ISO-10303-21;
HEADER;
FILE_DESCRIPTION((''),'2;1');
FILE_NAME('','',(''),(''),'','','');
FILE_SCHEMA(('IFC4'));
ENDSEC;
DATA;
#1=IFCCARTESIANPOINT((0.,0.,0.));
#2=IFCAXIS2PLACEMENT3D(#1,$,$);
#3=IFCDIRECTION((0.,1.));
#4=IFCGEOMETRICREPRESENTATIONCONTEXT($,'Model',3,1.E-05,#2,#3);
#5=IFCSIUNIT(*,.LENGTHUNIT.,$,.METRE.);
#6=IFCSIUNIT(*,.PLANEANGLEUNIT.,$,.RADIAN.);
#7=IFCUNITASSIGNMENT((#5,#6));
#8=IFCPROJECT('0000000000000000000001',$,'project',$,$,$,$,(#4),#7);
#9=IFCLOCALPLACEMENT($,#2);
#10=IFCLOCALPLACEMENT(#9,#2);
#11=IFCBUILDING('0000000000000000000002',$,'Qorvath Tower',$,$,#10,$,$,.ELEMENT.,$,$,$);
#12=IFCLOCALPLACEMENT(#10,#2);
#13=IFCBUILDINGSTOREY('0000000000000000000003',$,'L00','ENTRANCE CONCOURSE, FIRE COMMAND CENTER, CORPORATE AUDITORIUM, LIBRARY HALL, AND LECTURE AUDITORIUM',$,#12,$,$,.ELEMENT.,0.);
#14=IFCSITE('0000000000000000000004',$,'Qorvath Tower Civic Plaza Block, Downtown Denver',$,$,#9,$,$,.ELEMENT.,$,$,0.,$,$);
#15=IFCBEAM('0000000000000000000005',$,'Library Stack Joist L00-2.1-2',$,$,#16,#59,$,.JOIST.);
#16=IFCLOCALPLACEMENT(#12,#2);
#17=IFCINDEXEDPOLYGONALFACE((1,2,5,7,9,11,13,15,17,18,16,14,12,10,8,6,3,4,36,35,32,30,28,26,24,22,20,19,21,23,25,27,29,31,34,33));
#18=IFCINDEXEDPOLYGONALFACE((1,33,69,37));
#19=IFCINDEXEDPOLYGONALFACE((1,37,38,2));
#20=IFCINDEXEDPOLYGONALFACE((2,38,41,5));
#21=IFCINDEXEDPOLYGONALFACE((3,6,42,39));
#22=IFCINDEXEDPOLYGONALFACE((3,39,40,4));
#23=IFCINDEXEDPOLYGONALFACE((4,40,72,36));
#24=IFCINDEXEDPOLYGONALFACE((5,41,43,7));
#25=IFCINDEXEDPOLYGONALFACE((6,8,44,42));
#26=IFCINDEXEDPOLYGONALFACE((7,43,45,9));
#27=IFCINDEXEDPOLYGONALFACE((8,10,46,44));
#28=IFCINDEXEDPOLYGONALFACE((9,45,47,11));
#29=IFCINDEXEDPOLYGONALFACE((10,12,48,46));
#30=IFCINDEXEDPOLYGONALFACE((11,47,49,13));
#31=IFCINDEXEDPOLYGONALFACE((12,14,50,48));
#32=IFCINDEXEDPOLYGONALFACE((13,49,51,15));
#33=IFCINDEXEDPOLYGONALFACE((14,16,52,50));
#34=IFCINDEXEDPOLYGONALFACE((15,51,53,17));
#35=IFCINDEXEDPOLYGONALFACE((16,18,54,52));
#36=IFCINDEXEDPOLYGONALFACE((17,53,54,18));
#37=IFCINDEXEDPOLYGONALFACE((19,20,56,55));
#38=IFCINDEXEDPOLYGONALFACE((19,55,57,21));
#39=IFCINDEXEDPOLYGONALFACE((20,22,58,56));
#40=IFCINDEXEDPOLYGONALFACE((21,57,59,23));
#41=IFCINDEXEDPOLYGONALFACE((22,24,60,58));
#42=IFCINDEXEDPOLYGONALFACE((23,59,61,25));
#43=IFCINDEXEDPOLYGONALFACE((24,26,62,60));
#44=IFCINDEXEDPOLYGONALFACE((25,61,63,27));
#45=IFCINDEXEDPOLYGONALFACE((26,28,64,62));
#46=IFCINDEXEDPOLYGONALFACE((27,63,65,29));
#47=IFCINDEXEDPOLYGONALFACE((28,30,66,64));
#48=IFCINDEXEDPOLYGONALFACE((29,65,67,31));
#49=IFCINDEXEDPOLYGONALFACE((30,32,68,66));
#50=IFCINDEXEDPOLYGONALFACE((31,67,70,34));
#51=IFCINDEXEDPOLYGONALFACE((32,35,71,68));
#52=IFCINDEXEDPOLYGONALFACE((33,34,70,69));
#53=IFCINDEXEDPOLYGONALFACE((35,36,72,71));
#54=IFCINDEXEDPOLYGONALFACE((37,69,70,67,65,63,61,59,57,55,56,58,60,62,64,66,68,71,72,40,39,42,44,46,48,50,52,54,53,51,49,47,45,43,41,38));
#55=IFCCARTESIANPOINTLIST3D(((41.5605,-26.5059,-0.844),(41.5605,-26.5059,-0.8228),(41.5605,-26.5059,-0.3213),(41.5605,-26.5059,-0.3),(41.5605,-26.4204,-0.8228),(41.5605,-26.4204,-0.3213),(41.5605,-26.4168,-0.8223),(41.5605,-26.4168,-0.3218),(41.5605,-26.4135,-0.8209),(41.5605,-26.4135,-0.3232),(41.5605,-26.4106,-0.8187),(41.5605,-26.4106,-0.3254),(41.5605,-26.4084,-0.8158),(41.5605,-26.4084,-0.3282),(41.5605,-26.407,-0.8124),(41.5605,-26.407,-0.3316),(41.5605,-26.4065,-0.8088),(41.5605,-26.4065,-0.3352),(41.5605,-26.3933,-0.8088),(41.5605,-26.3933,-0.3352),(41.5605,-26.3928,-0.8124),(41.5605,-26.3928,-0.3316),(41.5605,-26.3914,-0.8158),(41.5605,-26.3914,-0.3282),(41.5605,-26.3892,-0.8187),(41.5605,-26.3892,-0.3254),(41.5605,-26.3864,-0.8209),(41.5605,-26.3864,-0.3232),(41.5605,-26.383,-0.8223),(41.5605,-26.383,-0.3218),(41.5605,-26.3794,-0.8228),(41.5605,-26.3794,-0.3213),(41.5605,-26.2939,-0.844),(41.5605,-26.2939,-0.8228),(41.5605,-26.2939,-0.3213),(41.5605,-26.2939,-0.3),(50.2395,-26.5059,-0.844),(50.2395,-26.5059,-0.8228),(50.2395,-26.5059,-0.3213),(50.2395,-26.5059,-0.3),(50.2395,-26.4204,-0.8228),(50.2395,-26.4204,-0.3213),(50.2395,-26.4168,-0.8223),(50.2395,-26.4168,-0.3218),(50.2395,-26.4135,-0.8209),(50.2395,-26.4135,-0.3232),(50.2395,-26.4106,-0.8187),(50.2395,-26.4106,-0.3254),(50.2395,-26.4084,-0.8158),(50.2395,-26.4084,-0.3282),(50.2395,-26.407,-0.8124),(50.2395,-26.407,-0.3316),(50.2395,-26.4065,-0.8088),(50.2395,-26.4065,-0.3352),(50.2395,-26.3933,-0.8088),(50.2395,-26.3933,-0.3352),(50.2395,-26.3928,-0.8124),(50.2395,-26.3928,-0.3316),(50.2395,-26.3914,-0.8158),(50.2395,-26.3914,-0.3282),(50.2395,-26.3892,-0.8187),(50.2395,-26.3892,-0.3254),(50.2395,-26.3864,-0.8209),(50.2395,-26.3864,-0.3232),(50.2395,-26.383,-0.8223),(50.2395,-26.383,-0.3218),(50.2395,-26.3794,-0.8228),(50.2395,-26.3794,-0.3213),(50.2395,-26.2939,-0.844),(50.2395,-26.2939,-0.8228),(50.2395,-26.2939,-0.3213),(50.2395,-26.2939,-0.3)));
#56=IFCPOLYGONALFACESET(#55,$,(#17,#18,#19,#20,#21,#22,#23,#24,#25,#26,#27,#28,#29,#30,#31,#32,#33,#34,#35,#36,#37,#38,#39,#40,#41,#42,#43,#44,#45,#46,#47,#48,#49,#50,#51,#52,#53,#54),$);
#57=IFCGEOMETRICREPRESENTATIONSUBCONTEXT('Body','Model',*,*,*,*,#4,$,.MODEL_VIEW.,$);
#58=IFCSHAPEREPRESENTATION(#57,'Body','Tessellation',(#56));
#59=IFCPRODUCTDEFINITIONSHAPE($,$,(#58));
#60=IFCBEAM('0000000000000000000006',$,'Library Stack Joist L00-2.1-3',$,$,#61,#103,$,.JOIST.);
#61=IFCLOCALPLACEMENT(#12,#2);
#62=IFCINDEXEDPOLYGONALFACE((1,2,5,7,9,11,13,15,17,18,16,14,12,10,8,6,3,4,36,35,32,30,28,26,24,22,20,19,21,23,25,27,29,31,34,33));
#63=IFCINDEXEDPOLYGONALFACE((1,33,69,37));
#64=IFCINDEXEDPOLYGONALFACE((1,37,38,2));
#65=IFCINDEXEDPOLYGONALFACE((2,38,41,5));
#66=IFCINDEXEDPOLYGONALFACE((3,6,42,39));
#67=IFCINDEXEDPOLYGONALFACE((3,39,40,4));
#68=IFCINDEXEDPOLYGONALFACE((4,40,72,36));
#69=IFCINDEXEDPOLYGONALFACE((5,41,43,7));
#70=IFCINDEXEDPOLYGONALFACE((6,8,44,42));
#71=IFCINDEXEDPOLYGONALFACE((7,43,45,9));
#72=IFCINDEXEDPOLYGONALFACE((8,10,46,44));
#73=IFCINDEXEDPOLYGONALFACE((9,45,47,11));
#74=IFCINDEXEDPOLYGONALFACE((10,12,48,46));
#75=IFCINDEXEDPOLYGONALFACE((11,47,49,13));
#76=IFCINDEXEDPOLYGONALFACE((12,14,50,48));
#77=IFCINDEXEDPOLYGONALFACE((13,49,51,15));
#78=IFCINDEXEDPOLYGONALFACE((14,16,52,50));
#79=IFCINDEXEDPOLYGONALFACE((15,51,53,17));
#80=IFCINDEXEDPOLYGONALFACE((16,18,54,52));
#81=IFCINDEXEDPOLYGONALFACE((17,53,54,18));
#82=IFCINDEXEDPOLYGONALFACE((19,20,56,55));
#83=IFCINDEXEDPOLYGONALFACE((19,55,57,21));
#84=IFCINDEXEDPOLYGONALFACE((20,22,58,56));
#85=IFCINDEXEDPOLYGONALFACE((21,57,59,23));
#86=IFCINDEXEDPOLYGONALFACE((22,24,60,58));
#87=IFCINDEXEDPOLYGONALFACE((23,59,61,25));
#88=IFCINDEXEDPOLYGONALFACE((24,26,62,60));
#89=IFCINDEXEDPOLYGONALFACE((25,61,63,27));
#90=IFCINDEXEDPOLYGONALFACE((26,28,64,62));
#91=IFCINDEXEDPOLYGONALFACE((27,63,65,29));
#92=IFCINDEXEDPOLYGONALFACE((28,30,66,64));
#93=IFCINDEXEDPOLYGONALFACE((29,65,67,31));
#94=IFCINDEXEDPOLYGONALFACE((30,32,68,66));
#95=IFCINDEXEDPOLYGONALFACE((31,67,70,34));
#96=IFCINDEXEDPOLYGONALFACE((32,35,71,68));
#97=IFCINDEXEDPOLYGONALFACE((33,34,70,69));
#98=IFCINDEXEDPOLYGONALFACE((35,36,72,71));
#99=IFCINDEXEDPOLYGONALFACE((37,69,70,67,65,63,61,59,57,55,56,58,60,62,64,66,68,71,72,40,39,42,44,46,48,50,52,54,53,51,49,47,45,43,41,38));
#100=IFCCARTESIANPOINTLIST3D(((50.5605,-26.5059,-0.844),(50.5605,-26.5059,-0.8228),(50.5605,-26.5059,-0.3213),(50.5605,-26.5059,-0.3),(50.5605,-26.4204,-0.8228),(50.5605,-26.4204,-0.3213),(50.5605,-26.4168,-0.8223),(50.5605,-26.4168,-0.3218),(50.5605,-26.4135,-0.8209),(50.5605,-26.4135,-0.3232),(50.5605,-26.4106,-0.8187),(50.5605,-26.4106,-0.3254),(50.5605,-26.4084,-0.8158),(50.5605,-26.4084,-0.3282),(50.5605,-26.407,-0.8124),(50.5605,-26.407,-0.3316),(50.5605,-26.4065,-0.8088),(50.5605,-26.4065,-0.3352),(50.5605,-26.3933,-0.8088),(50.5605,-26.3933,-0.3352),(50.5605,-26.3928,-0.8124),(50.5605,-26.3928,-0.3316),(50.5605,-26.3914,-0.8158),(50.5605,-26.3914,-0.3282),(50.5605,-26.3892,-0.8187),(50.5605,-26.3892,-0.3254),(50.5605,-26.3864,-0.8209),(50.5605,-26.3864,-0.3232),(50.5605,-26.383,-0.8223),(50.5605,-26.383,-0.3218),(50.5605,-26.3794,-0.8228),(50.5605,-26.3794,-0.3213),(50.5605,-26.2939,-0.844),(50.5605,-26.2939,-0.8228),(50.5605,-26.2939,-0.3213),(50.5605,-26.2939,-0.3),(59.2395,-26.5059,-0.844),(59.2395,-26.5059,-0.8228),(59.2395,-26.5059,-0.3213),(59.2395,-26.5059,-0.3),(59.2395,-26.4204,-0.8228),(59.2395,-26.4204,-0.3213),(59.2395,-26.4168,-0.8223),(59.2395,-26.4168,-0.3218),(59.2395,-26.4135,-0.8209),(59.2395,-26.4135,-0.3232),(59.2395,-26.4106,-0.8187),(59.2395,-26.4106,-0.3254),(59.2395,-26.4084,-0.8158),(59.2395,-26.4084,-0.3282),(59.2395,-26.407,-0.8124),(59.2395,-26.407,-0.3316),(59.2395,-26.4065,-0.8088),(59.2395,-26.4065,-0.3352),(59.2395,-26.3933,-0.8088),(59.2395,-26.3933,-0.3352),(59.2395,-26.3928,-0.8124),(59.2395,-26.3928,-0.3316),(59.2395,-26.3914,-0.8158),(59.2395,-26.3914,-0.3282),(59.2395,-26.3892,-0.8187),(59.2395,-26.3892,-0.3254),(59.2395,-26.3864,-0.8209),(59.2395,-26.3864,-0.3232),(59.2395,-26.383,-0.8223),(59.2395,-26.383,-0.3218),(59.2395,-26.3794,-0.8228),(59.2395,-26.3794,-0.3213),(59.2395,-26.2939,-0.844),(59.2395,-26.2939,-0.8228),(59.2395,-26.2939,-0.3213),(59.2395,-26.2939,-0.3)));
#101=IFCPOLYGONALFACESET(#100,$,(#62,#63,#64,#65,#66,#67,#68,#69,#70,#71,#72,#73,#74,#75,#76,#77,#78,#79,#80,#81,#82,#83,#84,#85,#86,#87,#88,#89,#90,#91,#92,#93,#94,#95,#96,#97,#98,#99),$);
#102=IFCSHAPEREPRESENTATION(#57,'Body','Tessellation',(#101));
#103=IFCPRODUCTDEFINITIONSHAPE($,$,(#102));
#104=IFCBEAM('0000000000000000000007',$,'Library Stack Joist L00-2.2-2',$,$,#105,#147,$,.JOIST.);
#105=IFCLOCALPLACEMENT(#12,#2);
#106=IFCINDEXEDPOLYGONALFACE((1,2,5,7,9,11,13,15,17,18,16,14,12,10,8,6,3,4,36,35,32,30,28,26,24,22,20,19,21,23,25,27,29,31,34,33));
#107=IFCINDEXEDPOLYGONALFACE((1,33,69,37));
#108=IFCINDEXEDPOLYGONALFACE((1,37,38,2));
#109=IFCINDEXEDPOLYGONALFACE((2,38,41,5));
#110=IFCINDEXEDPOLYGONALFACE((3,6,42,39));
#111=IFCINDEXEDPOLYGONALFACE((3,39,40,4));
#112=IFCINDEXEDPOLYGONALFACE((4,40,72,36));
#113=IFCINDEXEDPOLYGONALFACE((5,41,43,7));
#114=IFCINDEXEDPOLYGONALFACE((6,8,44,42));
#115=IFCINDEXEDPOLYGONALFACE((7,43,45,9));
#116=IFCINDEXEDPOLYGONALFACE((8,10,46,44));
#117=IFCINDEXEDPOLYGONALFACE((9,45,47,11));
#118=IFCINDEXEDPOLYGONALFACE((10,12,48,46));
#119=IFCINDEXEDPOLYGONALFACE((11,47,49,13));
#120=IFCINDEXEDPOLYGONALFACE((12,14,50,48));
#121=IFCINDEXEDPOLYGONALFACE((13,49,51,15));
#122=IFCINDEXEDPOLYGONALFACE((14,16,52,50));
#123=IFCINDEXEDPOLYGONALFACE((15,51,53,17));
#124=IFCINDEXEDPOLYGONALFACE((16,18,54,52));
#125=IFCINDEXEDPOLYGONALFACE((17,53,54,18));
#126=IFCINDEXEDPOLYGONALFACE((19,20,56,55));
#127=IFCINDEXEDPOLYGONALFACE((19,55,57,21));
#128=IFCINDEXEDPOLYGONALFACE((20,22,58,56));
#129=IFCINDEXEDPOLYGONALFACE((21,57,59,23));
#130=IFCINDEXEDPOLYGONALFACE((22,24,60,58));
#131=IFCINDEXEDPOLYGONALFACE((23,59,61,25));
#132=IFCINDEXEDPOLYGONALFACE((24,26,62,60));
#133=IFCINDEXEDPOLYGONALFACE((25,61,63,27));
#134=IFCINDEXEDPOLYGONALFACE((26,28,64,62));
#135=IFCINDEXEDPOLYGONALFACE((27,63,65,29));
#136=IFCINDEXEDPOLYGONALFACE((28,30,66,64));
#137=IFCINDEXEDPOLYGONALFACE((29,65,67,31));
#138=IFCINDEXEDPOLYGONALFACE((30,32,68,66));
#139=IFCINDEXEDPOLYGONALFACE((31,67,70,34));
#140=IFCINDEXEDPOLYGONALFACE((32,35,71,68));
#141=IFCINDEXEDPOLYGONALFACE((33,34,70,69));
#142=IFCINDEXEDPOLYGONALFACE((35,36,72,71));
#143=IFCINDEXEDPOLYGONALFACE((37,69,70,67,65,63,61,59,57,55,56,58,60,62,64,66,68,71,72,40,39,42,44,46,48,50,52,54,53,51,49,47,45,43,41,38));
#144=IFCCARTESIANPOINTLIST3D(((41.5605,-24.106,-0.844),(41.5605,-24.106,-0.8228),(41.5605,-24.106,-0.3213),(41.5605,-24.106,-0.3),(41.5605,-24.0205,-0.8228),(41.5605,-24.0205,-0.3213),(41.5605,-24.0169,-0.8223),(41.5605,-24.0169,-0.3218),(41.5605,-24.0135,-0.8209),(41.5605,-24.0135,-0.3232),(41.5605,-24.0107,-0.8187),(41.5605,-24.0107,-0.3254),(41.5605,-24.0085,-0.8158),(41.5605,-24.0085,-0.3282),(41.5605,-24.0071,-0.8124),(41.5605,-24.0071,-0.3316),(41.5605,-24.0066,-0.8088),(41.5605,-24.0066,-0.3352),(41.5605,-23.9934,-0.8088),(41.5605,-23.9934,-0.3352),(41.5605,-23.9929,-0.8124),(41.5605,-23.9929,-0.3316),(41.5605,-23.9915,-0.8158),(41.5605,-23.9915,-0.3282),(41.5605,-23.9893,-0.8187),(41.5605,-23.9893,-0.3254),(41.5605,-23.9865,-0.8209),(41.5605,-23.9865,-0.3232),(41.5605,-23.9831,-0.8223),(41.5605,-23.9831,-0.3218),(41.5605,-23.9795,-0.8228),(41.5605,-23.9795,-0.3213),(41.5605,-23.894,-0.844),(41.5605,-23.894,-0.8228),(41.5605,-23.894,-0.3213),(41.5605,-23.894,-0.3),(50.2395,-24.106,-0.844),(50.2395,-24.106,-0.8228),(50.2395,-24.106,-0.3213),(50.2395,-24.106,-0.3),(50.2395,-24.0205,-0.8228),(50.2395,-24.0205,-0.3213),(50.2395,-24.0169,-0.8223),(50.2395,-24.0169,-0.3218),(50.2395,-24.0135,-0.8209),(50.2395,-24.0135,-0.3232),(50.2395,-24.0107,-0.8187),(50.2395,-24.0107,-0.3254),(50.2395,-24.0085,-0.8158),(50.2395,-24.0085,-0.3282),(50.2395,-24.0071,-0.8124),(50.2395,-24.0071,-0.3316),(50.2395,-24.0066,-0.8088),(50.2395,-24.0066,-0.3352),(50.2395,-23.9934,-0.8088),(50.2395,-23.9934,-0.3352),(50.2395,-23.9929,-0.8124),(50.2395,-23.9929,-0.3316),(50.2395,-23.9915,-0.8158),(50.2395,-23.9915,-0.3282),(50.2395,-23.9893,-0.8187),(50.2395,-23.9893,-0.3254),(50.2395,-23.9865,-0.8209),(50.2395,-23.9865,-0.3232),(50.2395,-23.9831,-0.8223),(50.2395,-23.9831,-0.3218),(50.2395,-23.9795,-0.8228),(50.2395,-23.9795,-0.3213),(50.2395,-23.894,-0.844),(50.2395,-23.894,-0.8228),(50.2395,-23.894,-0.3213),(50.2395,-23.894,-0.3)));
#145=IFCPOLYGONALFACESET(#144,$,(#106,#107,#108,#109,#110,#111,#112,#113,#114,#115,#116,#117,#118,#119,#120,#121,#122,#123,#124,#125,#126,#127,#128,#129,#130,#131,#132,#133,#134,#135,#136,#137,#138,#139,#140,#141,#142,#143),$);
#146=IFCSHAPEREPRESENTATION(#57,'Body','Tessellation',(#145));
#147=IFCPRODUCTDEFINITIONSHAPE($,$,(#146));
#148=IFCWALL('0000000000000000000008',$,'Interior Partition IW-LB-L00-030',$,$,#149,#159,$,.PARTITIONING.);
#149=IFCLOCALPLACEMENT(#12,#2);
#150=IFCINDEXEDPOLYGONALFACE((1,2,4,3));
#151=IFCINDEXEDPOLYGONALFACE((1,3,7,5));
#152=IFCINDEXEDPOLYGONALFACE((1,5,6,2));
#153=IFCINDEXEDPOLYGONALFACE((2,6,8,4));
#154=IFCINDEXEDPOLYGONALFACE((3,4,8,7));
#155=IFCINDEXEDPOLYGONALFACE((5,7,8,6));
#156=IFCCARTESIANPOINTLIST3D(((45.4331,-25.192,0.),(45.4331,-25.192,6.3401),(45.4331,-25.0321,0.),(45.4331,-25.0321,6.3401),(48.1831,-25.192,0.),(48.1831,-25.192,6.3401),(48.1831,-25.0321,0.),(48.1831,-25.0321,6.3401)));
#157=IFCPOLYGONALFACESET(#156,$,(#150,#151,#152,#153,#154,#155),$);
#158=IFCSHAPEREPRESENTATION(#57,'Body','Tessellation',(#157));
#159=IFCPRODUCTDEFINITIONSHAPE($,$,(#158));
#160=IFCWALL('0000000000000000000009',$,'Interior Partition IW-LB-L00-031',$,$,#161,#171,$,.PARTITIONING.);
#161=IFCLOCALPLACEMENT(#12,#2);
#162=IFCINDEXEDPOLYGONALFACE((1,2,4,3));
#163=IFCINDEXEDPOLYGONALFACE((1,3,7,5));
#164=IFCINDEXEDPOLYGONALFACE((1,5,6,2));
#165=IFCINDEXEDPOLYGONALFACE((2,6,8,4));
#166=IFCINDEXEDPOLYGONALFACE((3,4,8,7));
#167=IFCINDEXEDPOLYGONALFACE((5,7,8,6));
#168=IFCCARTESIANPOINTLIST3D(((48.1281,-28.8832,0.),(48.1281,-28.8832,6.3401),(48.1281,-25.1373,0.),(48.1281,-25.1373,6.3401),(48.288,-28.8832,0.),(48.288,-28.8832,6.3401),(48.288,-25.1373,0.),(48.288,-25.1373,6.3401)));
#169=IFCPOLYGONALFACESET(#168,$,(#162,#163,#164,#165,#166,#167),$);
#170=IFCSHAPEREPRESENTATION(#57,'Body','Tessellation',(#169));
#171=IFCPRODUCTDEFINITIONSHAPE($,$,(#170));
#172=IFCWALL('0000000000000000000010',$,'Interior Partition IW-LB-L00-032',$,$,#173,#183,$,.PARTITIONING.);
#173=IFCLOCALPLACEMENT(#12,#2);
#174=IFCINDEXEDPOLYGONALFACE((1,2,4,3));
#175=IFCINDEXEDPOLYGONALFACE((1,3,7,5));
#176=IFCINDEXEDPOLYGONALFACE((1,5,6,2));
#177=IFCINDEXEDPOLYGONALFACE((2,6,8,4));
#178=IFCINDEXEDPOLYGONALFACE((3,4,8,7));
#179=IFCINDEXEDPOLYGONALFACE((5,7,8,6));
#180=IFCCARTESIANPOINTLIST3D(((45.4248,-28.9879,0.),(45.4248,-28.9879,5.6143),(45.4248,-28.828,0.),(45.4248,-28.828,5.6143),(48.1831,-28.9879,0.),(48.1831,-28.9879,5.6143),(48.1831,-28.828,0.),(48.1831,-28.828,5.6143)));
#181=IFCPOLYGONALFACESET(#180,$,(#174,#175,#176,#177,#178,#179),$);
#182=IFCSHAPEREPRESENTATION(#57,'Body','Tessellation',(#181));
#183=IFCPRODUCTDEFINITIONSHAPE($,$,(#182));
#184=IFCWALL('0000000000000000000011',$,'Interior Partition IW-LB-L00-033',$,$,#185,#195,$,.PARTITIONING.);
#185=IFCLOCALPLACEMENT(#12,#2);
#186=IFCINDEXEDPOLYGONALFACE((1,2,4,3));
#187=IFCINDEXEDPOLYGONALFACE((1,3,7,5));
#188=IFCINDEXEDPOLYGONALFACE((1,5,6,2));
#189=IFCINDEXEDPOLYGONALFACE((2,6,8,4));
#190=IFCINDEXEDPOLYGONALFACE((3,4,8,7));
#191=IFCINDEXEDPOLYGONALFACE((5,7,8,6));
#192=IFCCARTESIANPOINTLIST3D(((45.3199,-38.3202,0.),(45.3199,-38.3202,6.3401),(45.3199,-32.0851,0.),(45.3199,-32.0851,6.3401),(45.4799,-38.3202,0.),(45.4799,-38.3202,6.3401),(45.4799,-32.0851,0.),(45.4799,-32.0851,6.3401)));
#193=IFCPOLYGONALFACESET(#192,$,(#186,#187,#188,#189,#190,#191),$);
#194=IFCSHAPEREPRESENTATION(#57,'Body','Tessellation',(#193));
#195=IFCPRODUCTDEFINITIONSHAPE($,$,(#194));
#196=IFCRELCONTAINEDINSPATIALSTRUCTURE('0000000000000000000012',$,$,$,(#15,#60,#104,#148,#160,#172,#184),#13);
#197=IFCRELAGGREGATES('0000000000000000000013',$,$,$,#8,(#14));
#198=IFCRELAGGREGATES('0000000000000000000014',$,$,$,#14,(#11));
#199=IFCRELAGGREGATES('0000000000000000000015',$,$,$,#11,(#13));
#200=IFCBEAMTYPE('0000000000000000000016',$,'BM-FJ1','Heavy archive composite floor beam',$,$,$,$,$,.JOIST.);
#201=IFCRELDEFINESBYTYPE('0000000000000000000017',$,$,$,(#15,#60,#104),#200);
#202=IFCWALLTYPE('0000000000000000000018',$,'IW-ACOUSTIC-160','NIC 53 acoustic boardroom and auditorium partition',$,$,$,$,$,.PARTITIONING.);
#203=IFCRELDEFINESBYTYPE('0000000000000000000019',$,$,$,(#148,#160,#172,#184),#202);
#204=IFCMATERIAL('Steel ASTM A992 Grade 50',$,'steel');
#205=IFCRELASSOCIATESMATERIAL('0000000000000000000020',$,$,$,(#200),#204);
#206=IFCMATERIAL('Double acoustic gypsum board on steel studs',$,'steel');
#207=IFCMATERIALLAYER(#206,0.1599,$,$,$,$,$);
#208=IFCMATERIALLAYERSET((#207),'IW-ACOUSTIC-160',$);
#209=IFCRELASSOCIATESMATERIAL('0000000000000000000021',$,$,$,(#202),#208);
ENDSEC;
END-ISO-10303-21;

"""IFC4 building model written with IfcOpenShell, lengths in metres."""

from ifc_helpers import new_model, si_unit, direction, frame, frame_2d, origin, origin_2d, place, context, subcontext, project, spatial, rectangle, i_section, extrude, material, layer, layer_set, material_profile, profile_set, type_object, element, save


model = new_model("IFC4")

# Units and contexts
model_context = context("Model", 3, precision=1e-05, world=origin(), true_north=direction((0.0, 1.0)))
body_context = subcontext(model_context, "Body", "Model", "MODEL_VIEW")
ifc_project = project(units=[si_unit("LENGTHUNIT", "METRE"), si_unit("PLANEANGLEUNIT", "RADIAN")], contexts=[model_context])

# Site, building, storey
site_placement = place(None, origin())
site = spatial("IfcSite", under=ifc_project, at=site_placement, Name="Qorvath Tower Civic Plaza Block, Downtown Denver", CompositionType="ELEMENT", RefElevation=0.0)
building_placement = place(site_placement, origin())
building = spatial("IfcBuilding", under=site, at=building_placement, Name="Qorvath Tower", CompositionType="ELEMENT")
storey_placement = place(building_placement, origin())
storey = spatial("IfcBuildingStorey", under=building, at=storey_placement, Name="L00", Description="ENTRANCE CONCOURSE, FIRE COMMAND CENTER, CORPORATE AUDITORIUM, LIBRARY HALL, AND LECTURE AUDITORIUM", CompositionType="ELEMENT", Elevation=0.0)

# Beams
ifc_material_1 = material(Name="Steel ASTM A992 Grade 50", Category="steel")
ifc_material_profile_1 = material_profile(ifc_material_1, i_section(OverallWidth=0.2119, OverallDepth=0.5439, WebThickness=0.0132, FlangeThickness=0.0212, FilletRadius=0.0139, at=origin_2d()), Name="W21x83")
ifc_profile_set_1 = profile_set([ifc_material_profile_1], Name="Steel ASTM A992 Grade 50")
beam_type_1 = type_object("IfcBeamType", Name="BM-FJ1", Description="Heavy archive composite floor beam", PredefinedType="JOIST", material=ifc_profile_set_1)
for number, where, z_axis, x_axis, name in (
    (1, (41.5605, -26.3999, -0.572), (1.0, 0.0, 0.0), (0.0, 1.0, 0.0), "Library Stack Joist L00-2.1-2"),
    (2, (50.5605, -26.3999, -0.572), (1.0, 0.0, 0.0), (0.0, 1.0, 0.0), "Library Stack Joist L00-2.1-3"),
    (3, (41.5605, -24.0, -0.572), (1.0, 0.0, 0.0), (0.0, 1.0, 0.0), "Library Stack Joist L00-2.2-2"),
):
    element("IfcBeam", number, at=place(storey_placement, frame(where, z_axis=z_axis, x_axis=x_axis)), inside=storey, type_object=beam_type_1, Name=name, PredefinedType="JOIST", context=body_context, shape_type="SweptSolid", body=[
        extrude(i_section(OverallWidth=0.2119, OverallDepth=0.5439, WebThickness=0.0132, FlangeThickness=0.0212, FilletRadius=0.0139, at=origin_2d()), origin(), (0.0, 0.0, 1.0), 8.679),
    ])

# Walls
ifc_material_2 = material(Name="Double acoustic gypsum board on steel studs", Category="steel")
ifc_layer_1 = layer(ifc_material_2, 0.1599)
ifc_layer_set_1 = layer_set([ifc_layer_1], Name="IW-ACOUSTIC-160")
wall_type_1 = type_object("IfcWallType", Name="IW-ACOUSTIC-160", Description="NIC 53 acoustic boardroom and auditorium partition", PredefinedType="PARTITIONING", material=ifc_layer_set_1)
wall_1_placement = place(storey_placement, frame((48.1831, -25.1121, 0.0), z_axis=(0.0, 0.0, 1.0), x_axis=(-1.0, 0.0, 0.0)))
element("IfcWall", 4, at=wall_1_placement, inside=storey, type_object=wall_type_1, Name="Interior Partition IW-LB-L00-030", PredefinedType="PARTITIONING", context=body_context, shape_type="SweptSolid", body=[
    extrude(rectangle(XDim=2.75, YDim=0.1599, at=frame_2d((1.375, 0.0))), origin(), (0.0, 0.0, 1.0), 6.3401),
])
wall_2_placement = place(storey_placement, frame((48.208, -25.1372, 0.0), z_axis=(0.0, 0.0, 1.0), x_axis=(0.0, -1.0, 0.0)))
element("IfcWall", 5, at=wall_2_placement, inside=storey, type_object=wall_type_1, Name="Interior Partition IW-LB-L00-031", PredefinedType="PARTITIONING", context=body_context, shape_type="SweptSolid", body=[
    extrude(rectangle(XDim=3.7458, YDim=0.1599, at=frame_2d((1.873, 0.0))), origin(), (0.0, 0.0, 1.0), 6.3401),
])
wall_3_placement = place(storey_placement, frame((45.4248, -28.908, 0.0), z_axis=(0.0, 0.0, 1.0), x_axis=(1.0, 0.0, 0.0)))
element("IfcWall", 6, at=wall_3_placement, inside=storey, type_object=wall_type_1, Name="Interior Partition IW-LB-L00-032", PredefinedType="PARTITIONING", context=body_context, shape_type="SweptSolid", body=[
    extrude(rectangle(XDim=2.7583, YDim=0.1599, at=frame_2d((1.3792, 0.0))), origin(), (0.0, 0.0, 1.0), 5.6143),
])
wall_4_placement = place(storey_placement, frame((45.3999, -32.085, 0.0), z_axis=(0.0, 0.0, 1.0), x_axis=(0.0, -1.0, 0.0)))
element("IfcWall", 7, at=wall_4_placement, inside=storey, type_object=wall_type_1, Name="Interior Partition IW-LB-L00-033", PredefinedType="PARTITIONING", context=body_context, shape_type="SweptSolid", body=[
    extrude(rectangle(XDim=6.2351, YDim=0.1599, at=frame_2d((3.1177, 0.0))), origin(), (0.0, 0.0, 1.0), 6.3401),
])

save(model, "model.ifc")
